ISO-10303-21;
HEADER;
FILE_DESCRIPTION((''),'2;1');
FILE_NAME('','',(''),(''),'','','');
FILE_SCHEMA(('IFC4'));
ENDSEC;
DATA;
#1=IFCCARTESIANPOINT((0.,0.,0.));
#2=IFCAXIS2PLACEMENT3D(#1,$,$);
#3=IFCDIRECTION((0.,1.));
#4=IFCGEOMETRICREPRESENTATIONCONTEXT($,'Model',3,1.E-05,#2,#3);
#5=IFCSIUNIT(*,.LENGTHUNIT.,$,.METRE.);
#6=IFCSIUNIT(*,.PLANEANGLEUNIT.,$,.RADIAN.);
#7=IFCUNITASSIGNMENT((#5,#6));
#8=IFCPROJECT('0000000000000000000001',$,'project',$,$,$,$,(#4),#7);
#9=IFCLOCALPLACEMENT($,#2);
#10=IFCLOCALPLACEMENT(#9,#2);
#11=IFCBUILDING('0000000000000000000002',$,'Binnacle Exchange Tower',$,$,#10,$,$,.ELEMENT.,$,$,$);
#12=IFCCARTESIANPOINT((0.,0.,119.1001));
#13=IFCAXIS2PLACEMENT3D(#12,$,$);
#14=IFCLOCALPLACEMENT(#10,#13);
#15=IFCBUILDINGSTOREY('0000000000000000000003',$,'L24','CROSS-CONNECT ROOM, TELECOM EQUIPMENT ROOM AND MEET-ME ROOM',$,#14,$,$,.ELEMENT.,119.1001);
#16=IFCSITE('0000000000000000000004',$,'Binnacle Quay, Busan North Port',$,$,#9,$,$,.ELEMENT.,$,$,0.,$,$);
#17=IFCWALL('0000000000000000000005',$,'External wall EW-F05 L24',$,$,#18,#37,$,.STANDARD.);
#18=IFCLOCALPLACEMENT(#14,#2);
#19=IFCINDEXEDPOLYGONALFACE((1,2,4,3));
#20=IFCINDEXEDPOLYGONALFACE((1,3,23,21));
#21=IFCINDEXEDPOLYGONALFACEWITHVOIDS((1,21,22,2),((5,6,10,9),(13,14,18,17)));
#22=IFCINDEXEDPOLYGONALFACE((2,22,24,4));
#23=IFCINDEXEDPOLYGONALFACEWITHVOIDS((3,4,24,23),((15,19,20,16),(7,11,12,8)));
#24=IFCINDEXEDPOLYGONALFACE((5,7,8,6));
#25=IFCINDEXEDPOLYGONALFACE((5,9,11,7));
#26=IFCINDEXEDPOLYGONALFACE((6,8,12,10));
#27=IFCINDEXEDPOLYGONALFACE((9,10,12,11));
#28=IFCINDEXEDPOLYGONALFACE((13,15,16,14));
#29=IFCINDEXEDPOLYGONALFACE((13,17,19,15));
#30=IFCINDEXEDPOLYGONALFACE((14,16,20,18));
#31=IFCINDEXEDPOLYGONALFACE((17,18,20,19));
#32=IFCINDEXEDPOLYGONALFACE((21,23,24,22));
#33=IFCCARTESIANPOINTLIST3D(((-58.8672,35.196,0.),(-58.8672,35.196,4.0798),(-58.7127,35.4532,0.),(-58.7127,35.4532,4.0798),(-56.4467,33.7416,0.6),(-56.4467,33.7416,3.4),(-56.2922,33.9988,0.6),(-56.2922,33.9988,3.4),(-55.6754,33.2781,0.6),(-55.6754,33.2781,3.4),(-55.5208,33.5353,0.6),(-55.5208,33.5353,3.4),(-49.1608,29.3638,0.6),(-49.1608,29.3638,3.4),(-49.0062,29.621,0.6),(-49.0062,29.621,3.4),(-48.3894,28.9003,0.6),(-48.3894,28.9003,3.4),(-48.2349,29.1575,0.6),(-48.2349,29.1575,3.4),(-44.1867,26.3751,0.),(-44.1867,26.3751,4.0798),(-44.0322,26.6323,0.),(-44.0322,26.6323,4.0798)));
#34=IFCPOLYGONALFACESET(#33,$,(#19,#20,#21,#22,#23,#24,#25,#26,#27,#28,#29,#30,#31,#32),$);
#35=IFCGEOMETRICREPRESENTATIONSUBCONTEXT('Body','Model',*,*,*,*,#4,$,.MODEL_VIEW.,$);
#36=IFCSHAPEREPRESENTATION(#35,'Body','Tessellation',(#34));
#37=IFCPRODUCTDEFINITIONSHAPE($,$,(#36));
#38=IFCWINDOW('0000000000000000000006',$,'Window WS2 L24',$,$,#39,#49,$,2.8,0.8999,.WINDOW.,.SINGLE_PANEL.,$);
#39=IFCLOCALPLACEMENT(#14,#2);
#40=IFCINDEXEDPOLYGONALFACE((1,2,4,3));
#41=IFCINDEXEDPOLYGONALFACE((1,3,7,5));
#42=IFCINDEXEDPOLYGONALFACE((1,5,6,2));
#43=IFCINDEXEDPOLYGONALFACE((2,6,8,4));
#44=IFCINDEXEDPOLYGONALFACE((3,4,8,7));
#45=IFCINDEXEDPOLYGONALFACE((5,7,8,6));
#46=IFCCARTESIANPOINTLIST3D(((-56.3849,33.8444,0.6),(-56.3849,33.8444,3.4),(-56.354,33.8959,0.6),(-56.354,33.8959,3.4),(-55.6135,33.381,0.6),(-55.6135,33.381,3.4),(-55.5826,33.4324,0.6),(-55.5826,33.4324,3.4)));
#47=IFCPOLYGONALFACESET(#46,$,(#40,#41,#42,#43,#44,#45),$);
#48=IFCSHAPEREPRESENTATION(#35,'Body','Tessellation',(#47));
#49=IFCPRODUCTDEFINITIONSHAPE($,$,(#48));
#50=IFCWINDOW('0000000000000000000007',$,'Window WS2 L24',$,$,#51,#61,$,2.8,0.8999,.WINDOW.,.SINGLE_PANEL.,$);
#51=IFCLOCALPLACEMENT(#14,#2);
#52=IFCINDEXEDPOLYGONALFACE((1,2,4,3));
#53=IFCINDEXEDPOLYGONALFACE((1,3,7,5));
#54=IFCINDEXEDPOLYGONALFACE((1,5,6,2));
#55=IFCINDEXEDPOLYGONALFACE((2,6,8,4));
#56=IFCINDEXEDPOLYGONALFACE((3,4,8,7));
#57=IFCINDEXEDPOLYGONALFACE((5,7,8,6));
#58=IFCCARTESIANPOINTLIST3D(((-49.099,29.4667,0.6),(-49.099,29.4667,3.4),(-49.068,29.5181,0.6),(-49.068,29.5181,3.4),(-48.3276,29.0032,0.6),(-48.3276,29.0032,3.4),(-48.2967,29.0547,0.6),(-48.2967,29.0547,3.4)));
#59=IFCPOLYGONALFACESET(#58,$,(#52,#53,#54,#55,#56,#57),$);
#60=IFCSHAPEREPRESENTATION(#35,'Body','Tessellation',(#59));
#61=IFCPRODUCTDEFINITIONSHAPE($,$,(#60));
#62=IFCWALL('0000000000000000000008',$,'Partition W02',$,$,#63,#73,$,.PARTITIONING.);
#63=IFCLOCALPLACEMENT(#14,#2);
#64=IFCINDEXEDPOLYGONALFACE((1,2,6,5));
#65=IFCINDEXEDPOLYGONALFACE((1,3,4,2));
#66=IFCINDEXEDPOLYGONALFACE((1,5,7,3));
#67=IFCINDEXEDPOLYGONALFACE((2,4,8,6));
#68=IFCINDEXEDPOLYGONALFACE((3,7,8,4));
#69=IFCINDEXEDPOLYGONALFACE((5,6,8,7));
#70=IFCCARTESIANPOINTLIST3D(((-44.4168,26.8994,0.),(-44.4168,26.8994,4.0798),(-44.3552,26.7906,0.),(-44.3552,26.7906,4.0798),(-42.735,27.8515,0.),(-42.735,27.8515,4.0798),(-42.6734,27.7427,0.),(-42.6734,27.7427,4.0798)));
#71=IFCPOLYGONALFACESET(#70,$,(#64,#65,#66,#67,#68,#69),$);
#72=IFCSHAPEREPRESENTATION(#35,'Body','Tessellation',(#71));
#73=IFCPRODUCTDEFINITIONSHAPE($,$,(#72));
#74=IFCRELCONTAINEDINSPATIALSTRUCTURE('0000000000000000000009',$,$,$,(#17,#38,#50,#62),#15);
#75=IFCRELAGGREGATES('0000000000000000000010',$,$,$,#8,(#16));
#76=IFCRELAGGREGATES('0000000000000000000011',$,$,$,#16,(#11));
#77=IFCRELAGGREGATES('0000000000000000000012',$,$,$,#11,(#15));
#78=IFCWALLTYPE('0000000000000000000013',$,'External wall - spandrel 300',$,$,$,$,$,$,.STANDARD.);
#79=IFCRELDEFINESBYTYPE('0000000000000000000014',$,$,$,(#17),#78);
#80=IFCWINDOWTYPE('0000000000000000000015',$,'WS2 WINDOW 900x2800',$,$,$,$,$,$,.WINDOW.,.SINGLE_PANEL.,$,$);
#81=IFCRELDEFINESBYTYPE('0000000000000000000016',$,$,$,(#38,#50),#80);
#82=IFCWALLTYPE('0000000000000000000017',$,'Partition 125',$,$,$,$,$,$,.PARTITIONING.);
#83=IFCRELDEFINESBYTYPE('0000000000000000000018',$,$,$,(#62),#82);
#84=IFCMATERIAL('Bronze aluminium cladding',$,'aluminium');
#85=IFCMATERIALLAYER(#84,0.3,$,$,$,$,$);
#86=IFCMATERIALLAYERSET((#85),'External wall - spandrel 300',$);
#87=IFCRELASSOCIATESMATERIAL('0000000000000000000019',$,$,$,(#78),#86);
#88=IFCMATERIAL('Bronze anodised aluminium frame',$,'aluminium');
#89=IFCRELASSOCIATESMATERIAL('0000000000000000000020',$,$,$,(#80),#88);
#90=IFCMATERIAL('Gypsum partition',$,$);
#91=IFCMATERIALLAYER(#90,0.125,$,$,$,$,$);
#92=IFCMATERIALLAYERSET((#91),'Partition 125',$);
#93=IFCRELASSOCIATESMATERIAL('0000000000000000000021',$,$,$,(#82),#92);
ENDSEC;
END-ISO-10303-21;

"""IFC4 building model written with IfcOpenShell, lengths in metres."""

from ifc_helpers import new_model, si_unit, direction, frame, frame_2d, origin, place, context, subcontext, project, spatial, rectangle, extrude, material, layer, layer_set, type_object, element, fill, save


model = new_model("IFC4")

# Units and contexts
model_context = context("Model", 3, precision=1e-05, world=origin(), true_north=direction((0.0, 1.0)))
body_context = subcontext(model_context, "Body", "Model", "MODEL_VIEW")
ifc_project = project(units=[si_unit("LENGTHUNIT", "METRE"), si_unit("PLANEANGLEUNIT", "RADIAN")], contexts=[model_context])

# Site, building, storey
site_placement = place(None, origin())
site = spatial("IfcSite", under=ifc_project, at=site_placement, Name="Binnacle Quay, Busan North Port", CompositionType="ELEMENT", RefElevation=0.0)
building_placement = place(site_placement, origin())
building = spatial("IfcBuilding", under=site, at=building_placement, Name="Binnacle Exchange Tower", CompositionType="ELEMENT")
storey_placement = place(building_placement, frame((0.0, 0.0, 119.1001)))
storey = spatial("IfcBuildingStorey", under=building, at=storey_placement, Name="L24", Description="CROSS-CONNECT ROOM, TELECOM EQUIPMENT ROOM AND MEET-ME ROOM", CompositionType="ELEMENT", Elevation=119.1001)

# Shared definitions
ifc_material_1 = material(Name="Bronze aluminium cladding", Category="aluminium")
ifc_layer_1 = layer(ifc_material_1, 0.3)
ifc_layer_set_1 = layer_set([ifc_layer_1], Name="External wall - spandrel 300")
wall_type_1 = type_object("IfcWallType", Name="External wall - spandrel 300", PredefinedType="STANDARD", material=ifc_layer_set_1)
ifc_material_2 = material(Name="Bronze anodised aluminium frame", Category="aluminium")
window_type = type_object("IfcWindowType", Name="WS2 WINDOW 900x2800", PartitioningType="SINGLE_PANEL", PredefinedType="WINDOW", material=ifc_material_2)

# Wall, openings, windows
wall_1_placement = place(storey_placement, frame((-44.1094, 26.5037, 0.0), z_axis=(0.0, 0.0, 1.0), x_axis=(-0.85717, 0.515034, 0.0)))
wall_1 = element("IfcWall", 1, at=wall_1_placement, inside=storey, type_object=wall_type_1, Name="External wall EW-F05 L24", PredefinedType="STANDARD", context=body_context, shape_type="SweptSolid", body=[
    extrude(rectangle(XDim=17.1267, YDim=0.3, at=frame_2d((8.5635, 0.0))), origin(), (0.0, 0.0, 1.0), 4.0798),
])
opening_1_placement = place(wall_1_placement, frame((13.4031, 0.0, 0.6001)))
opening_1 = element("IfcOpeningElement", 2, at=opening_1_placement, cuts=wall_1, PredefinedType="OPENING", context=body_context, shape_type="SweptSolid", body=[
    extrude(rectangle(XDim=0.8999, YDim=2.8, at=frame_2d((0.45, 1.3999))), frame((0.0, 0.1599, 0.0), z_axis=(0.0, -1.0, 0.0), x_axis=(1.0, 0.0, 0.0)), (0.0, 0.0, 1.0), 0.3201),
])
opening_2_placement = place(wall_1_placement, frame((4.9031, 0.0, 0.6001)))
opening_2 = element("IfcOpeningElement", 3, at=opening_2_placement, cuts=wall_1, PredefinedType="OPENING", context=body_context, shape_type="SweptSolid", body=[
    extrude(rectangle(XDim=0.8999, YDim=2.8, at=frame_2d((0.45, 1.3999))), frame((0.0, 0.1599, 0.0), z_axis=(0.0, -1.0, 0.0), x_axis=(1.0, 0.0, 0.0)), (0.0, 0.0, 1.0), 0.3201),
])
window_1_placement = place(opening_1_placement, origin())
window_1 = element("IfcWindow", 4, at=window_1_placement, inside=storey, type_object=window_type, Name="Window WS2 L24", OverallHeight=2.8, OverallWidth=0.8999, PartitioningType="SINGLE_PANEL", PredefinedType="WINDOW", context=body_context, shape_type="SweptSolid", body=[
    extrude(rectangle(XDim=0.8999, YDim=2.8, at=frame_2d((0.45, 1.3999))), frame((0.0, 0.03, 0.0), z_axis=(0.0, -1.0, 0.0), x_axis=(1.0, 0.0, 0.0)), (0.0, 0.0, 1.0), 0.0601),
])
fill(opening_1, window_1)
window_2_placement = place(opening_2_placement, origin())
window_2 = element("IfcWindow", 5, at=window_2_placement, inside=storey, type_object=window_type, Name="Window WS2 L24", OverallHeight=2.8, OverallWidth=0.8999, PartitioningType="SINGLE_PANEL", PredefinedType="WINDOW", context=body_context, shape_type="SweptSolid", body=[
    extrude(rectangle(XDim=0.8999, YDim=2.8, at=frame_2d((0.45, 1.3999))), frame((0.0, 0.03, 0.0), z_axis=(0.0, -1.0, 0.0), x_axis=(1.0, 0.0, 0.0)), (0.0, 0.0, 1.0), 0.0601),
])
fill(opening_2, window_2)

# Wall
ifc_material_3 = material(Name="Gypsum partition")
ifc_layer_2 = layer(ifc_material_3, 0.125)
ifc_layer_set_2 = layer_set([ifc_layer_2], Name="Partition 125")
wall_type_2 = type_object("IfcWallType", Name="Partition 125", PredefinedType="PARTITIONING", material=ifc_layer_set_2)
wall_2_placement = place(storey_placement, frame((-44.386, 26.845, 0.0), z_axis=(0.0, 0.0, 1.0), x_axis=(0.870226, 0.492652, 0.0)))
element("IfcWall", 6, at=wall_2_placement, inside=storey, type_object=wall_type_2, Name="Partition W02", PredefinedType="PARTITIONING", context=body_context, shape_type="SweptSolid", body=[
    extrude(rectangle(XDim=1.9326, YDim=0.125, at=frame_2d((0.9663, 0.0))), origin(), (0.0, 0.0, 1.0), 4.0798),
])

save(model, "model.ifc")
